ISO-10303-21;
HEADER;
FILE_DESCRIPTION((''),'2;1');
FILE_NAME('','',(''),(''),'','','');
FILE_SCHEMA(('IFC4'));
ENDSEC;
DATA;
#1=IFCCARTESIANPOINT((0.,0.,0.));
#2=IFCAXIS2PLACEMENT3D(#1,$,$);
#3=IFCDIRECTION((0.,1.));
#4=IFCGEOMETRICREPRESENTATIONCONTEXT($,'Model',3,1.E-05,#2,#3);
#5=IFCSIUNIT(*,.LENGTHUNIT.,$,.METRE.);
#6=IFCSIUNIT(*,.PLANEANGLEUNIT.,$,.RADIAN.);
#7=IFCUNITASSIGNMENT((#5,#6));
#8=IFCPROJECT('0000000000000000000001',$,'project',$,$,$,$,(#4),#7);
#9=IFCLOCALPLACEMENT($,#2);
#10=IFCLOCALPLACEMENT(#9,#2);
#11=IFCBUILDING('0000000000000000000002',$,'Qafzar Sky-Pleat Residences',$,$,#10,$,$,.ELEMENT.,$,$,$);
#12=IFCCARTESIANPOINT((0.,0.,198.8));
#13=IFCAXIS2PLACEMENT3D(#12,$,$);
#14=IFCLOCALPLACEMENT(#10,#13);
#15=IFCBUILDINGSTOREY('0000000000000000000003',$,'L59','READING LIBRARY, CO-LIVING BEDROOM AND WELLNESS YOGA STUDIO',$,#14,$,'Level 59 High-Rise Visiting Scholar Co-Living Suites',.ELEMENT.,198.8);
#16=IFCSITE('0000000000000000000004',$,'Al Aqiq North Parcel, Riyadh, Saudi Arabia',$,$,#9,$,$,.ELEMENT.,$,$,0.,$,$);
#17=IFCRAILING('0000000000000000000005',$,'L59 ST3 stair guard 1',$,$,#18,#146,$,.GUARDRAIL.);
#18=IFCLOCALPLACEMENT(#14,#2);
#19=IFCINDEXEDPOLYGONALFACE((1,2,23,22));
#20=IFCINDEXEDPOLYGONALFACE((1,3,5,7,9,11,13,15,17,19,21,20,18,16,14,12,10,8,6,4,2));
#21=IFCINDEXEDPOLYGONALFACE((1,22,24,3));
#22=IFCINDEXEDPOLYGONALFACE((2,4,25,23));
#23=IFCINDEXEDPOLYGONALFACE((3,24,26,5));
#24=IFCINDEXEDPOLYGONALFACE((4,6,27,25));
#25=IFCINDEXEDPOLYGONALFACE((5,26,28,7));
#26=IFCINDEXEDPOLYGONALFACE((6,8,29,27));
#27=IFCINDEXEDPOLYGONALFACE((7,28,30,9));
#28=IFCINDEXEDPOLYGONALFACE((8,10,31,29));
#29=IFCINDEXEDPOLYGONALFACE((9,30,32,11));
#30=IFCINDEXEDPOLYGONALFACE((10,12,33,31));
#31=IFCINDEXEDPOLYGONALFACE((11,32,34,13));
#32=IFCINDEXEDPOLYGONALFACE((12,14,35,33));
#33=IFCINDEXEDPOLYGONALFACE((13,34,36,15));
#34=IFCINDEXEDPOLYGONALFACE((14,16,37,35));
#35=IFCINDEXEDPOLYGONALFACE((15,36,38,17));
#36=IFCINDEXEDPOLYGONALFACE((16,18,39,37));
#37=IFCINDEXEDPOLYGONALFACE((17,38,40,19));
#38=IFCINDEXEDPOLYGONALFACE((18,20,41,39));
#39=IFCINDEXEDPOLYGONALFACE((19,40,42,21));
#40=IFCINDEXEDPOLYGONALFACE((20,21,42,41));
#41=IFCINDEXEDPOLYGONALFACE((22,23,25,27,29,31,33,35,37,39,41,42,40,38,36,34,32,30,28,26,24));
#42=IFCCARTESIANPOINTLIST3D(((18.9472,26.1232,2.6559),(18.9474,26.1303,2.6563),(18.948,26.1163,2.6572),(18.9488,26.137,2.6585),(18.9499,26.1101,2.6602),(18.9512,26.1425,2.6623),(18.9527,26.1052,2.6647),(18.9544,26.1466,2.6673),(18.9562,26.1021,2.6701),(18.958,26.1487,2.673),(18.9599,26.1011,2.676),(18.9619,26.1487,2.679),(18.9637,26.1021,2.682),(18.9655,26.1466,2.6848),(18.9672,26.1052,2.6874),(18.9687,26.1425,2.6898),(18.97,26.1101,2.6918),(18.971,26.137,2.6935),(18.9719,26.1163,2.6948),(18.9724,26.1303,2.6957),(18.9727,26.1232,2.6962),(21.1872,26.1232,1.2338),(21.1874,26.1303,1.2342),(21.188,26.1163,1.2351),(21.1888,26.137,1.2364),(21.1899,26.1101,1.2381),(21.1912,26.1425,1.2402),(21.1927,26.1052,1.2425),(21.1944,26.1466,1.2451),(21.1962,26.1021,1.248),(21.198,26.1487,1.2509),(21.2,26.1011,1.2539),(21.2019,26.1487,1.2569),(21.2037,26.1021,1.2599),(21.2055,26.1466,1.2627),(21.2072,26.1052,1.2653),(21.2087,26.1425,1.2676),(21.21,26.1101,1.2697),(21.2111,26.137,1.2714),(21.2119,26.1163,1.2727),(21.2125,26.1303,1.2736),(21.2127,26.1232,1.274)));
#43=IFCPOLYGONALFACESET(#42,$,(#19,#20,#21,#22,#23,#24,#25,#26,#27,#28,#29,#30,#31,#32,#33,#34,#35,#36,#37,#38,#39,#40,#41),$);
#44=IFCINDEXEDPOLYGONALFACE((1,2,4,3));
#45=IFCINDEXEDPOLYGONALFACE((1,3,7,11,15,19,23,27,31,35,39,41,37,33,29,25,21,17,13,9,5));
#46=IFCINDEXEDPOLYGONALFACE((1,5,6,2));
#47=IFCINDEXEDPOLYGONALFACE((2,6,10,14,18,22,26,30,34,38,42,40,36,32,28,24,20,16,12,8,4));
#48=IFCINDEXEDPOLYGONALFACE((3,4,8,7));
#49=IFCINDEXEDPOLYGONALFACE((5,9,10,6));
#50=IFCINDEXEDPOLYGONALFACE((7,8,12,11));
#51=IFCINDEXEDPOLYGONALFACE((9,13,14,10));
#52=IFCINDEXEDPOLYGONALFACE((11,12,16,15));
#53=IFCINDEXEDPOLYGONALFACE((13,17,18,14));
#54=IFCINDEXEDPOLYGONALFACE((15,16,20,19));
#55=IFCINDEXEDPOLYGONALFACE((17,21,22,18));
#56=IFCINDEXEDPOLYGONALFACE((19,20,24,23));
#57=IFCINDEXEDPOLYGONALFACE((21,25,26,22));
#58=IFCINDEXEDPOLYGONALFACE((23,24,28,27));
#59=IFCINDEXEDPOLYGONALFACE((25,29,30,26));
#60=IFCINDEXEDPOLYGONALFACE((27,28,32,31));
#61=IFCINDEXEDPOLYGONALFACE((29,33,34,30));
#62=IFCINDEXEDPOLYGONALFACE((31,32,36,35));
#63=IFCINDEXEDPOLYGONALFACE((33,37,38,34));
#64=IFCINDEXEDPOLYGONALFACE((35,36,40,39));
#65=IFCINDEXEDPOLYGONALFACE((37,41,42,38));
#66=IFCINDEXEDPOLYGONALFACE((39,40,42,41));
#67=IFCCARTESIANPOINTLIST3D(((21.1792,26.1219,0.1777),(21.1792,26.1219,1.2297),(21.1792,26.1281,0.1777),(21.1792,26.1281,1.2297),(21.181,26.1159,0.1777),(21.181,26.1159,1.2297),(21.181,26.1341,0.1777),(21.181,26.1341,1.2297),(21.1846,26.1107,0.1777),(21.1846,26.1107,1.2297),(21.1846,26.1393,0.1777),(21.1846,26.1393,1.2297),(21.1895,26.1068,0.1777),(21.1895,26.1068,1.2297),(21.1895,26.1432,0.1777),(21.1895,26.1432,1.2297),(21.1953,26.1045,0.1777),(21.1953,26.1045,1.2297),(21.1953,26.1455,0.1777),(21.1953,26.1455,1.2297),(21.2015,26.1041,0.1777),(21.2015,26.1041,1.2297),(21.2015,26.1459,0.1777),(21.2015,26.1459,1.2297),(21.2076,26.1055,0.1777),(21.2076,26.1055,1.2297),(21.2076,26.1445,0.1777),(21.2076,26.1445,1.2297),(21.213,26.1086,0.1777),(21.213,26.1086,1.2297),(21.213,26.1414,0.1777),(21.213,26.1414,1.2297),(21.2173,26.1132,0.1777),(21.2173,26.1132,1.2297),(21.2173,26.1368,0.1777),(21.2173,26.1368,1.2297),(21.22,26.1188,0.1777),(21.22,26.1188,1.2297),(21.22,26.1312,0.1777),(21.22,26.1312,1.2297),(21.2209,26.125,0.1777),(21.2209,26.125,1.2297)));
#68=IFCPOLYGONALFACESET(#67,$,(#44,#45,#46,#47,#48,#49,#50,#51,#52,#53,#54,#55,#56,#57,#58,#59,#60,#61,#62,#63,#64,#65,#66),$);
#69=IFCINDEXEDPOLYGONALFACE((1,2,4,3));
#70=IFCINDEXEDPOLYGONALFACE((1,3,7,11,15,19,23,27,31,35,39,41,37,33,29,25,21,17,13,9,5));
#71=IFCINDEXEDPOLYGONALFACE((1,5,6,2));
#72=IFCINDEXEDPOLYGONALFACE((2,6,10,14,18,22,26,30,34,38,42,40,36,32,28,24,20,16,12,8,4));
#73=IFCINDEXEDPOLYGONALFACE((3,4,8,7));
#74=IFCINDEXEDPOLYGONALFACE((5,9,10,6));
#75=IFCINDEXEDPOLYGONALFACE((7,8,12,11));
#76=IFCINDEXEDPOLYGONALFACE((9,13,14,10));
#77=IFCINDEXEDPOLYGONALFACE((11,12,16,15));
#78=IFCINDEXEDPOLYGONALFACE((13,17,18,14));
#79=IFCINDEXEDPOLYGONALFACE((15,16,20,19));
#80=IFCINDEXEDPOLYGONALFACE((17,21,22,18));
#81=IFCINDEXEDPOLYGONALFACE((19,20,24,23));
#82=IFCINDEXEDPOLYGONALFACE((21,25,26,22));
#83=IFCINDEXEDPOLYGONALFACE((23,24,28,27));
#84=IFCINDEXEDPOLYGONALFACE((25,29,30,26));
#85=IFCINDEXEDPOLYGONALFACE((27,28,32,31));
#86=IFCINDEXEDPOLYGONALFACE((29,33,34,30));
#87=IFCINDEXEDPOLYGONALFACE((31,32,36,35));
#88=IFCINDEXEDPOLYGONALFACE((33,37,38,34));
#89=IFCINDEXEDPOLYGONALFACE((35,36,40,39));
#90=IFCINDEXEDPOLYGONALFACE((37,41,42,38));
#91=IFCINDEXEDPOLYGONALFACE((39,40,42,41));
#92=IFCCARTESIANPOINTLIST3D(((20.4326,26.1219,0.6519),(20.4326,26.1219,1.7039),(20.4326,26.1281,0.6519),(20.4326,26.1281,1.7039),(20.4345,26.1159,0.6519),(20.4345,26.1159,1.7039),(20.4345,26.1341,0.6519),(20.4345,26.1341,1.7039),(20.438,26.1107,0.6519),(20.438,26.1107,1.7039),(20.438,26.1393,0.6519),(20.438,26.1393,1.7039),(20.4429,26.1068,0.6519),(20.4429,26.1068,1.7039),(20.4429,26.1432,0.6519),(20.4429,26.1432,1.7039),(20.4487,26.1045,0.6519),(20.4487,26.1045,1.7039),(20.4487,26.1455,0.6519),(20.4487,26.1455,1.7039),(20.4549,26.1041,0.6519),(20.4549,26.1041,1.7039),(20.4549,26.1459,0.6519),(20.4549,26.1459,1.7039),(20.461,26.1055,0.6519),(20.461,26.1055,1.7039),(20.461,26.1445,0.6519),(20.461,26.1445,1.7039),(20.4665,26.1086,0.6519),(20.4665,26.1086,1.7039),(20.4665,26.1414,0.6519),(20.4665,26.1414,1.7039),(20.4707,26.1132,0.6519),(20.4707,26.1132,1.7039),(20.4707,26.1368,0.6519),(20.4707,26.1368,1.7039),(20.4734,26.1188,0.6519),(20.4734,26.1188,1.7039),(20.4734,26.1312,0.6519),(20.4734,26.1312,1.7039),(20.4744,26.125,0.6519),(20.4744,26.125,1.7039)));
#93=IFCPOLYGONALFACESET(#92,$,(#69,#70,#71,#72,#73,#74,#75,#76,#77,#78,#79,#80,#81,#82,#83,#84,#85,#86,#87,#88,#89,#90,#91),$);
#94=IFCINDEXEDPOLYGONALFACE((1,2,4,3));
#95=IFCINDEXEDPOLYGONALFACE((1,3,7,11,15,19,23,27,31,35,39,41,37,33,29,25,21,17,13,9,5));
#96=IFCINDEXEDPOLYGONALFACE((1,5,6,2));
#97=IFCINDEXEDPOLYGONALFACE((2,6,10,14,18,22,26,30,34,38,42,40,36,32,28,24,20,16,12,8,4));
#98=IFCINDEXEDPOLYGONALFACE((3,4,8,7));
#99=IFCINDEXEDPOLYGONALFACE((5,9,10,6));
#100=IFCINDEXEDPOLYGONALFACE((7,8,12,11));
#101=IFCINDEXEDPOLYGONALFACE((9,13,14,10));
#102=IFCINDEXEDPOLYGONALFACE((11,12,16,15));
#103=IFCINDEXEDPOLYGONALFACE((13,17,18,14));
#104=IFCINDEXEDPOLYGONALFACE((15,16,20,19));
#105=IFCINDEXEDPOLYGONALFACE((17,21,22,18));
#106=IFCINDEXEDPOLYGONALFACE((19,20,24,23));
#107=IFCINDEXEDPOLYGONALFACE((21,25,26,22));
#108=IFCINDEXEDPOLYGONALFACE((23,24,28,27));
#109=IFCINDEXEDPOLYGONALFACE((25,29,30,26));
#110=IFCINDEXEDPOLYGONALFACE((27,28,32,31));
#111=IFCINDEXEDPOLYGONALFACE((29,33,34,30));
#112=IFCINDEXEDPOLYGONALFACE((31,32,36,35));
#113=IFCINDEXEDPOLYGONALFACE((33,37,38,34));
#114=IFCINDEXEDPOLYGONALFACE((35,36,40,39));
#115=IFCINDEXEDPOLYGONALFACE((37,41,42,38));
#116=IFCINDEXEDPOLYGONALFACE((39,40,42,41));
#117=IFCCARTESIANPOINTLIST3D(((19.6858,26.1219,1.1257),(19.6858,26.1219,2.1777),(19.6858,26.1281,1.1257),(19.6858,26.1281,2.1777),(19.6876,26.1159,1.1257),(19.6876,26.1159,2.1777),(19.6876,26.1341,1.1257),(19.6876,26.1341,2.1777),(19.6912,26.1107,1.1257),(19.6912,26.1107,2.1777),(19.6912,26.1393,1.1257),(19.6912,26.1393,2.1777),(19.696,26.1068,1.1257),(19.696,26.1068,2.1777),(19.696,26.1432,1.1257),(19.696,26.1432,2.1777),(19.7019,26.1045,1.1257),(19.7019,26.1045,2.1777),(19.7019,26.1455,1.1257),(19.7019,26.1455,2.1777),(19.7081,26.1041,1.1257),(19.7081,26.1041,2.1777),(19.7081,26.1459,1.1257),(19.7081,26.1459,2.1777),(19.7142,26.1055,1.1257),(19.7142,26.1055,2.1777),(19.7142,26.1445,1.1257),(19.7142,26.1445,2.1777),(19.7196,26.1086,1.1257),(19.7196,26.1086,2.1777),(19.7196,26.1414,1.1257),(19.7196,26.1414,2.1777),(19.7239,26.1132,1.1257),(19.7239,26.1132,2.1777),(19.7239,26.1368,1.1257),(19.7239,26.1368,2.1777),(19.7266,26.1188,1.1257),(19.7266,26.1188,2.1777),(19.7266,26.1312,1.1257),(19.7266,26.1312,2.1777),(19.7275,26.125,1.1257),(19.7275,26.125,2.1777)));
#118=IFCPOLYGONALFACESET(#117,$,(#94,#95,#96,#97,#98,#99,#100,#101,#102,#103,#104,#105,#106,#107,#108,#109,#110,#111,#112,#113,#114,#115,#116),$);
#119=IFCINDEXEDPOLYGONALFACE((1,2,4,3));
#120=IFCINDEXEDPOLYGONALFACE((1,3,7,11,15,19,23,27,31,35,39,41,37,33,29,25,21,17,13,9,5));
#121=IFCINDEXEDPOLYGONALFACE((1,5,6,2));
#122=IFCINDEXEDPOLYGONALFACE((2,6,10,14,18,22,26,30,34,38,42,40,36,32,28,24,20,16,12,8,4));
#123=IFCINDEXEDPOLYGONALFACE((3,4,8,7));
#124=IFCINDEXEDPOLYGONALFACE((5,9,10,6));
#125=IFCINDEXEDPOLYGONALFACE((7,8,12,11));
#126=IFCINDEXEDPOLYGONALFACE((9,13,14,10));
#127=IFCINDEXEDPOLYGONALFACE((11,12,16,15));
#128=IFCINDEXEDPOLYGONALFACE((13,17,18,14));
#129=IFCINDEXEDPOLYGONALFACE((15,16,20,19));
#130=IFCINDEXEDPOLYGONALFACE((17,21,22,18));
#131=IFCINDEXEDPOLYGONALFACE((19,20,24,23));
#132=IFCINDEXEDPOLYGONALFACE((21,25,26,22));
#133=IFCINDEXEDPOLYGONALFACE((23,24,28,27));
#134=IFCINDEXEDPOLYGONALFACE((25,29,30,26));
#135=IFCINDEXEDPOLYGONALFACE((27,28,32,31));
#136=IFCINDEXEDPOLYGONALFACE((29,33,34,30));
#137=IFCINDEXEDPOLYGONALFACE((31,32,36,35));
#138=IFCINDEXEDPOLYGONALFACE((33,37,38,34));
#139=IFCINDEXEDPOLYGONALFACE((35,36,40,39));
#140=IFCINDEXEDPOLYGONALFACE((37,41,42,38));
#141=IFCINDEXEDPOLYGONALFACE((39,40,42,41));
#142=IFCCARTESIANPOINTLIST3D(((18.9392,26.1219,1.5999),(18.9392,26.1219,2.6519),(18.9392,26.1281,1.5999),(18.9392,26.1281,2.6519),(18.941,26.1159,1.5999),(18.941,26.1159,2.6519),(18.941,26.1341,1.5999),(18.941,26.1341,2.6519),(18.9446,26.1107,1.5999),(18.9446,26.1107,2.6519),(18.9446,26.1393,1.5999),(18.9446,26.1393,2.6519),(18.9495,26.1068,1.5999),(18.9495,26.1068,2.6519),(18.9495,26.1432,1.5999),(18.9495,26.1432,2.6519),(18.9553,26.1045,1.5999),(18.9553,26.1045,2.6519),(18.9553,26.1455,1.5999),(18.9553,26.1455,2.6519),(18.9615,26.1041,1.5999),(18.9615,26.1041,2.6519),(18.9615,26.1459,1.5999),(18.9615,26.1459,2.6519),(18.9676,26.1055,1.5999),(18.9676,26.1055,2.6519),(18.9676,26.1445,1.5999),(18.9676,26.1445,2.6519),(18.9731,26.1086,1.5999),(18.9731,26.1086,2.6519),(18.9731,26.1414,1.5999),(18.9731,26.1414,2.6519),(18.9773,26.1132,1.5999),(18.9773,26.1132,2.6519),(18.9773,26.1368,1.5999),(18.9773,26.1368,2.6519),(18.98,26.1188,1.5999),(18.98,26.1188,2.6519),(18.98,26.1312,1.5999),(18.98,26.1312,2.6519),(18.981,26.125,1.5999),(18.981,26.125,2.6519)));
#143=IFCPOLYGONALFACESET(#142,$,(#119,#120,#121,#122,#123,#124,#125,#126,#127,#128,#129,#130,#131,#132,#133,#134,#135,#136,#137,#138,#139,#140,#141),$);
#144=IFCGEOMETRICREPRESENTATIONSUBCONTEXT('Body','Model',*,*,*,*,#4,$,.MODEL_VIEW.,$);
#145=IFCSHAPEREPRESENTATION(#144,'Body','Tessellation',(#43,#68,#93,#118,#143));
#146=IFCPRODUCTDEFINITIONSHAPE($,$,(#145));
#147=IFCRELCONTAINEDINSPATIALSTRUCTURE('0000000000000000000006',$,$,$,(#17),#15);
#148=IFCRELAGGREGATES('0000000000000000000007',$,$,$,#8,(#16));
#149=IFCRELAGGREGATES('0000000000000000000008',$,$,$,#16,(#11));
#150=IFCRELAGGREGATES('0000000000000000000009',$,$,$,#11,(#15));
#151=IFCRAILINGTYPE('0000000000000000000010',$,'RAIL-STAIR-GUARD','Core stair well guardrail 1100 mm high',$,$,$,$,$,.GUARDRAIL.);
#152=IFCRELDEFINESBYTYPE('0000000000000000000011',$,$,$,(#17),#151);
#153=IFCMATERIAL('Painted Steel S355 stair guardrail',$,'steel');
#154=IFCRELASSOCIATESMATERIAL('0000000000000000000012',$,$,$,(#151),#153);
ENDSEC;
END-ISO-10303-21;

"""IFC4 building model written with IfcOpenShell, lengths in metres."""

from ifc_helpers import new_model, si_unit, direction, frame, origin, origin_2d, place, context, subcontext, project, spatial, circle, extrude, source, transform, mapped, material, type_object, element, save


model = new_model("IFC4")

# Units and contexts
model_context = context("Model", 3, precision=1e-05, world=origin(), true_north=direction((0.0, 1.0)))
body_context = subcontext(model_context, "Body", "Model", "MODEL_VIEW")
ifc_project = project(units=[si_unit("LENGTHUNIT", "METRE"), si_unit("PLANEANGLEUNIT", "RADIAN")], contexts=[model_context])

# Site, building, storey
site_placement = place(None, origin())
site = spatial("IfcSite", under=ifc_project, at=site_placement, Name="Al Aqiq North Parcel, Riyadh, Saudi Arabia", CompositionType="ELEMENT", RefElevation=0.0)
building_placement = place(site_placement, origin())
building = spatial("IfcBuilding", under=site, at=building_placement, Name="Qafzar Sky-Pleat Residences", CompositionType="ELEMENT")
storey_placement = place(building_placement, frame((0.0, 0.0, 198.8)))
storey = spatial("IfcBuildingStorey", under=building, at=storey_placement, Name="L59", Description="READING LIBRARY, CO-LIVING BEDROOM AND WELLNESS YOGA STUDIO", LongName="Level 59 High-Rise Visiting Scholar Co-Living Suites", CompositionType="ELEMENT", Elevation=198.8)

# Railing
ifc_material_1 = material(Name="Painted Steel S355 stair guardrail", Category="steel")
railing_type_1 = type_object("IfcRailingType", Name="RAIL-STAIR-GUARD", Description="Core stair well guardrail 1100 mm high", PredefinedType="GUARDRAIL", material=ifc_material_1)
shared_shape_1 = source(origin(), body_context, "Body", "SweptSolid", [
    extrude(circle(Radius=0.0239, at=origin_2d()), frame((0.0, 0.0, 1.0762), z_axis=(-0.844229, 0.0, 0.535982), x_axis=(0.0, -1.0, 0.0)), (0.0, 0.0, 1.0), 2.6533),
    extrude(circle(Radius=0.021, at=origin_2d()), origin(), (0.0, 0.0, 1.0), 1.052),
    extrude(circle(Radius=0.021, at=origin_2d()), frame((-0.7466, 0.0, 0.4741)), (0.0, 0.0, 1.0), 1.052),
    extrude(circle(Radius=0.021, at=origin_2d()), frame((-1.4934, 0.0, 0.948)), (0.0, 0.0, 1.0), 1.052),
    extrude(circle(Radius=0.021, at=origin_2d()), frame((-2.24, 0.0, 1.4221)), (0.0, 0.0, 1.0), 1.052),
])
railing_1_placement = place(storey_placement, frame((21.2, 26.125, 0.1777)))
element("IfcRailing", 1, at=railing_1_placement, inside=storey, type_object=railing_type_1, Name="L59 ST3 stair guard 1", PredefinedType="GUARDRAIL", context=body_context, shape_type="MappedRepresentation", body=[
    mapped(shared_shape_1, transform((0.0, 0.0, 0.0), x_axis=(1.0, 0.0, 0.0), y_axis=(0.0, 1.0, 0.0), z_axis=(0.0, 0.0, 1.0), scale=1.0)),
])

save(model, "model.ifc")
